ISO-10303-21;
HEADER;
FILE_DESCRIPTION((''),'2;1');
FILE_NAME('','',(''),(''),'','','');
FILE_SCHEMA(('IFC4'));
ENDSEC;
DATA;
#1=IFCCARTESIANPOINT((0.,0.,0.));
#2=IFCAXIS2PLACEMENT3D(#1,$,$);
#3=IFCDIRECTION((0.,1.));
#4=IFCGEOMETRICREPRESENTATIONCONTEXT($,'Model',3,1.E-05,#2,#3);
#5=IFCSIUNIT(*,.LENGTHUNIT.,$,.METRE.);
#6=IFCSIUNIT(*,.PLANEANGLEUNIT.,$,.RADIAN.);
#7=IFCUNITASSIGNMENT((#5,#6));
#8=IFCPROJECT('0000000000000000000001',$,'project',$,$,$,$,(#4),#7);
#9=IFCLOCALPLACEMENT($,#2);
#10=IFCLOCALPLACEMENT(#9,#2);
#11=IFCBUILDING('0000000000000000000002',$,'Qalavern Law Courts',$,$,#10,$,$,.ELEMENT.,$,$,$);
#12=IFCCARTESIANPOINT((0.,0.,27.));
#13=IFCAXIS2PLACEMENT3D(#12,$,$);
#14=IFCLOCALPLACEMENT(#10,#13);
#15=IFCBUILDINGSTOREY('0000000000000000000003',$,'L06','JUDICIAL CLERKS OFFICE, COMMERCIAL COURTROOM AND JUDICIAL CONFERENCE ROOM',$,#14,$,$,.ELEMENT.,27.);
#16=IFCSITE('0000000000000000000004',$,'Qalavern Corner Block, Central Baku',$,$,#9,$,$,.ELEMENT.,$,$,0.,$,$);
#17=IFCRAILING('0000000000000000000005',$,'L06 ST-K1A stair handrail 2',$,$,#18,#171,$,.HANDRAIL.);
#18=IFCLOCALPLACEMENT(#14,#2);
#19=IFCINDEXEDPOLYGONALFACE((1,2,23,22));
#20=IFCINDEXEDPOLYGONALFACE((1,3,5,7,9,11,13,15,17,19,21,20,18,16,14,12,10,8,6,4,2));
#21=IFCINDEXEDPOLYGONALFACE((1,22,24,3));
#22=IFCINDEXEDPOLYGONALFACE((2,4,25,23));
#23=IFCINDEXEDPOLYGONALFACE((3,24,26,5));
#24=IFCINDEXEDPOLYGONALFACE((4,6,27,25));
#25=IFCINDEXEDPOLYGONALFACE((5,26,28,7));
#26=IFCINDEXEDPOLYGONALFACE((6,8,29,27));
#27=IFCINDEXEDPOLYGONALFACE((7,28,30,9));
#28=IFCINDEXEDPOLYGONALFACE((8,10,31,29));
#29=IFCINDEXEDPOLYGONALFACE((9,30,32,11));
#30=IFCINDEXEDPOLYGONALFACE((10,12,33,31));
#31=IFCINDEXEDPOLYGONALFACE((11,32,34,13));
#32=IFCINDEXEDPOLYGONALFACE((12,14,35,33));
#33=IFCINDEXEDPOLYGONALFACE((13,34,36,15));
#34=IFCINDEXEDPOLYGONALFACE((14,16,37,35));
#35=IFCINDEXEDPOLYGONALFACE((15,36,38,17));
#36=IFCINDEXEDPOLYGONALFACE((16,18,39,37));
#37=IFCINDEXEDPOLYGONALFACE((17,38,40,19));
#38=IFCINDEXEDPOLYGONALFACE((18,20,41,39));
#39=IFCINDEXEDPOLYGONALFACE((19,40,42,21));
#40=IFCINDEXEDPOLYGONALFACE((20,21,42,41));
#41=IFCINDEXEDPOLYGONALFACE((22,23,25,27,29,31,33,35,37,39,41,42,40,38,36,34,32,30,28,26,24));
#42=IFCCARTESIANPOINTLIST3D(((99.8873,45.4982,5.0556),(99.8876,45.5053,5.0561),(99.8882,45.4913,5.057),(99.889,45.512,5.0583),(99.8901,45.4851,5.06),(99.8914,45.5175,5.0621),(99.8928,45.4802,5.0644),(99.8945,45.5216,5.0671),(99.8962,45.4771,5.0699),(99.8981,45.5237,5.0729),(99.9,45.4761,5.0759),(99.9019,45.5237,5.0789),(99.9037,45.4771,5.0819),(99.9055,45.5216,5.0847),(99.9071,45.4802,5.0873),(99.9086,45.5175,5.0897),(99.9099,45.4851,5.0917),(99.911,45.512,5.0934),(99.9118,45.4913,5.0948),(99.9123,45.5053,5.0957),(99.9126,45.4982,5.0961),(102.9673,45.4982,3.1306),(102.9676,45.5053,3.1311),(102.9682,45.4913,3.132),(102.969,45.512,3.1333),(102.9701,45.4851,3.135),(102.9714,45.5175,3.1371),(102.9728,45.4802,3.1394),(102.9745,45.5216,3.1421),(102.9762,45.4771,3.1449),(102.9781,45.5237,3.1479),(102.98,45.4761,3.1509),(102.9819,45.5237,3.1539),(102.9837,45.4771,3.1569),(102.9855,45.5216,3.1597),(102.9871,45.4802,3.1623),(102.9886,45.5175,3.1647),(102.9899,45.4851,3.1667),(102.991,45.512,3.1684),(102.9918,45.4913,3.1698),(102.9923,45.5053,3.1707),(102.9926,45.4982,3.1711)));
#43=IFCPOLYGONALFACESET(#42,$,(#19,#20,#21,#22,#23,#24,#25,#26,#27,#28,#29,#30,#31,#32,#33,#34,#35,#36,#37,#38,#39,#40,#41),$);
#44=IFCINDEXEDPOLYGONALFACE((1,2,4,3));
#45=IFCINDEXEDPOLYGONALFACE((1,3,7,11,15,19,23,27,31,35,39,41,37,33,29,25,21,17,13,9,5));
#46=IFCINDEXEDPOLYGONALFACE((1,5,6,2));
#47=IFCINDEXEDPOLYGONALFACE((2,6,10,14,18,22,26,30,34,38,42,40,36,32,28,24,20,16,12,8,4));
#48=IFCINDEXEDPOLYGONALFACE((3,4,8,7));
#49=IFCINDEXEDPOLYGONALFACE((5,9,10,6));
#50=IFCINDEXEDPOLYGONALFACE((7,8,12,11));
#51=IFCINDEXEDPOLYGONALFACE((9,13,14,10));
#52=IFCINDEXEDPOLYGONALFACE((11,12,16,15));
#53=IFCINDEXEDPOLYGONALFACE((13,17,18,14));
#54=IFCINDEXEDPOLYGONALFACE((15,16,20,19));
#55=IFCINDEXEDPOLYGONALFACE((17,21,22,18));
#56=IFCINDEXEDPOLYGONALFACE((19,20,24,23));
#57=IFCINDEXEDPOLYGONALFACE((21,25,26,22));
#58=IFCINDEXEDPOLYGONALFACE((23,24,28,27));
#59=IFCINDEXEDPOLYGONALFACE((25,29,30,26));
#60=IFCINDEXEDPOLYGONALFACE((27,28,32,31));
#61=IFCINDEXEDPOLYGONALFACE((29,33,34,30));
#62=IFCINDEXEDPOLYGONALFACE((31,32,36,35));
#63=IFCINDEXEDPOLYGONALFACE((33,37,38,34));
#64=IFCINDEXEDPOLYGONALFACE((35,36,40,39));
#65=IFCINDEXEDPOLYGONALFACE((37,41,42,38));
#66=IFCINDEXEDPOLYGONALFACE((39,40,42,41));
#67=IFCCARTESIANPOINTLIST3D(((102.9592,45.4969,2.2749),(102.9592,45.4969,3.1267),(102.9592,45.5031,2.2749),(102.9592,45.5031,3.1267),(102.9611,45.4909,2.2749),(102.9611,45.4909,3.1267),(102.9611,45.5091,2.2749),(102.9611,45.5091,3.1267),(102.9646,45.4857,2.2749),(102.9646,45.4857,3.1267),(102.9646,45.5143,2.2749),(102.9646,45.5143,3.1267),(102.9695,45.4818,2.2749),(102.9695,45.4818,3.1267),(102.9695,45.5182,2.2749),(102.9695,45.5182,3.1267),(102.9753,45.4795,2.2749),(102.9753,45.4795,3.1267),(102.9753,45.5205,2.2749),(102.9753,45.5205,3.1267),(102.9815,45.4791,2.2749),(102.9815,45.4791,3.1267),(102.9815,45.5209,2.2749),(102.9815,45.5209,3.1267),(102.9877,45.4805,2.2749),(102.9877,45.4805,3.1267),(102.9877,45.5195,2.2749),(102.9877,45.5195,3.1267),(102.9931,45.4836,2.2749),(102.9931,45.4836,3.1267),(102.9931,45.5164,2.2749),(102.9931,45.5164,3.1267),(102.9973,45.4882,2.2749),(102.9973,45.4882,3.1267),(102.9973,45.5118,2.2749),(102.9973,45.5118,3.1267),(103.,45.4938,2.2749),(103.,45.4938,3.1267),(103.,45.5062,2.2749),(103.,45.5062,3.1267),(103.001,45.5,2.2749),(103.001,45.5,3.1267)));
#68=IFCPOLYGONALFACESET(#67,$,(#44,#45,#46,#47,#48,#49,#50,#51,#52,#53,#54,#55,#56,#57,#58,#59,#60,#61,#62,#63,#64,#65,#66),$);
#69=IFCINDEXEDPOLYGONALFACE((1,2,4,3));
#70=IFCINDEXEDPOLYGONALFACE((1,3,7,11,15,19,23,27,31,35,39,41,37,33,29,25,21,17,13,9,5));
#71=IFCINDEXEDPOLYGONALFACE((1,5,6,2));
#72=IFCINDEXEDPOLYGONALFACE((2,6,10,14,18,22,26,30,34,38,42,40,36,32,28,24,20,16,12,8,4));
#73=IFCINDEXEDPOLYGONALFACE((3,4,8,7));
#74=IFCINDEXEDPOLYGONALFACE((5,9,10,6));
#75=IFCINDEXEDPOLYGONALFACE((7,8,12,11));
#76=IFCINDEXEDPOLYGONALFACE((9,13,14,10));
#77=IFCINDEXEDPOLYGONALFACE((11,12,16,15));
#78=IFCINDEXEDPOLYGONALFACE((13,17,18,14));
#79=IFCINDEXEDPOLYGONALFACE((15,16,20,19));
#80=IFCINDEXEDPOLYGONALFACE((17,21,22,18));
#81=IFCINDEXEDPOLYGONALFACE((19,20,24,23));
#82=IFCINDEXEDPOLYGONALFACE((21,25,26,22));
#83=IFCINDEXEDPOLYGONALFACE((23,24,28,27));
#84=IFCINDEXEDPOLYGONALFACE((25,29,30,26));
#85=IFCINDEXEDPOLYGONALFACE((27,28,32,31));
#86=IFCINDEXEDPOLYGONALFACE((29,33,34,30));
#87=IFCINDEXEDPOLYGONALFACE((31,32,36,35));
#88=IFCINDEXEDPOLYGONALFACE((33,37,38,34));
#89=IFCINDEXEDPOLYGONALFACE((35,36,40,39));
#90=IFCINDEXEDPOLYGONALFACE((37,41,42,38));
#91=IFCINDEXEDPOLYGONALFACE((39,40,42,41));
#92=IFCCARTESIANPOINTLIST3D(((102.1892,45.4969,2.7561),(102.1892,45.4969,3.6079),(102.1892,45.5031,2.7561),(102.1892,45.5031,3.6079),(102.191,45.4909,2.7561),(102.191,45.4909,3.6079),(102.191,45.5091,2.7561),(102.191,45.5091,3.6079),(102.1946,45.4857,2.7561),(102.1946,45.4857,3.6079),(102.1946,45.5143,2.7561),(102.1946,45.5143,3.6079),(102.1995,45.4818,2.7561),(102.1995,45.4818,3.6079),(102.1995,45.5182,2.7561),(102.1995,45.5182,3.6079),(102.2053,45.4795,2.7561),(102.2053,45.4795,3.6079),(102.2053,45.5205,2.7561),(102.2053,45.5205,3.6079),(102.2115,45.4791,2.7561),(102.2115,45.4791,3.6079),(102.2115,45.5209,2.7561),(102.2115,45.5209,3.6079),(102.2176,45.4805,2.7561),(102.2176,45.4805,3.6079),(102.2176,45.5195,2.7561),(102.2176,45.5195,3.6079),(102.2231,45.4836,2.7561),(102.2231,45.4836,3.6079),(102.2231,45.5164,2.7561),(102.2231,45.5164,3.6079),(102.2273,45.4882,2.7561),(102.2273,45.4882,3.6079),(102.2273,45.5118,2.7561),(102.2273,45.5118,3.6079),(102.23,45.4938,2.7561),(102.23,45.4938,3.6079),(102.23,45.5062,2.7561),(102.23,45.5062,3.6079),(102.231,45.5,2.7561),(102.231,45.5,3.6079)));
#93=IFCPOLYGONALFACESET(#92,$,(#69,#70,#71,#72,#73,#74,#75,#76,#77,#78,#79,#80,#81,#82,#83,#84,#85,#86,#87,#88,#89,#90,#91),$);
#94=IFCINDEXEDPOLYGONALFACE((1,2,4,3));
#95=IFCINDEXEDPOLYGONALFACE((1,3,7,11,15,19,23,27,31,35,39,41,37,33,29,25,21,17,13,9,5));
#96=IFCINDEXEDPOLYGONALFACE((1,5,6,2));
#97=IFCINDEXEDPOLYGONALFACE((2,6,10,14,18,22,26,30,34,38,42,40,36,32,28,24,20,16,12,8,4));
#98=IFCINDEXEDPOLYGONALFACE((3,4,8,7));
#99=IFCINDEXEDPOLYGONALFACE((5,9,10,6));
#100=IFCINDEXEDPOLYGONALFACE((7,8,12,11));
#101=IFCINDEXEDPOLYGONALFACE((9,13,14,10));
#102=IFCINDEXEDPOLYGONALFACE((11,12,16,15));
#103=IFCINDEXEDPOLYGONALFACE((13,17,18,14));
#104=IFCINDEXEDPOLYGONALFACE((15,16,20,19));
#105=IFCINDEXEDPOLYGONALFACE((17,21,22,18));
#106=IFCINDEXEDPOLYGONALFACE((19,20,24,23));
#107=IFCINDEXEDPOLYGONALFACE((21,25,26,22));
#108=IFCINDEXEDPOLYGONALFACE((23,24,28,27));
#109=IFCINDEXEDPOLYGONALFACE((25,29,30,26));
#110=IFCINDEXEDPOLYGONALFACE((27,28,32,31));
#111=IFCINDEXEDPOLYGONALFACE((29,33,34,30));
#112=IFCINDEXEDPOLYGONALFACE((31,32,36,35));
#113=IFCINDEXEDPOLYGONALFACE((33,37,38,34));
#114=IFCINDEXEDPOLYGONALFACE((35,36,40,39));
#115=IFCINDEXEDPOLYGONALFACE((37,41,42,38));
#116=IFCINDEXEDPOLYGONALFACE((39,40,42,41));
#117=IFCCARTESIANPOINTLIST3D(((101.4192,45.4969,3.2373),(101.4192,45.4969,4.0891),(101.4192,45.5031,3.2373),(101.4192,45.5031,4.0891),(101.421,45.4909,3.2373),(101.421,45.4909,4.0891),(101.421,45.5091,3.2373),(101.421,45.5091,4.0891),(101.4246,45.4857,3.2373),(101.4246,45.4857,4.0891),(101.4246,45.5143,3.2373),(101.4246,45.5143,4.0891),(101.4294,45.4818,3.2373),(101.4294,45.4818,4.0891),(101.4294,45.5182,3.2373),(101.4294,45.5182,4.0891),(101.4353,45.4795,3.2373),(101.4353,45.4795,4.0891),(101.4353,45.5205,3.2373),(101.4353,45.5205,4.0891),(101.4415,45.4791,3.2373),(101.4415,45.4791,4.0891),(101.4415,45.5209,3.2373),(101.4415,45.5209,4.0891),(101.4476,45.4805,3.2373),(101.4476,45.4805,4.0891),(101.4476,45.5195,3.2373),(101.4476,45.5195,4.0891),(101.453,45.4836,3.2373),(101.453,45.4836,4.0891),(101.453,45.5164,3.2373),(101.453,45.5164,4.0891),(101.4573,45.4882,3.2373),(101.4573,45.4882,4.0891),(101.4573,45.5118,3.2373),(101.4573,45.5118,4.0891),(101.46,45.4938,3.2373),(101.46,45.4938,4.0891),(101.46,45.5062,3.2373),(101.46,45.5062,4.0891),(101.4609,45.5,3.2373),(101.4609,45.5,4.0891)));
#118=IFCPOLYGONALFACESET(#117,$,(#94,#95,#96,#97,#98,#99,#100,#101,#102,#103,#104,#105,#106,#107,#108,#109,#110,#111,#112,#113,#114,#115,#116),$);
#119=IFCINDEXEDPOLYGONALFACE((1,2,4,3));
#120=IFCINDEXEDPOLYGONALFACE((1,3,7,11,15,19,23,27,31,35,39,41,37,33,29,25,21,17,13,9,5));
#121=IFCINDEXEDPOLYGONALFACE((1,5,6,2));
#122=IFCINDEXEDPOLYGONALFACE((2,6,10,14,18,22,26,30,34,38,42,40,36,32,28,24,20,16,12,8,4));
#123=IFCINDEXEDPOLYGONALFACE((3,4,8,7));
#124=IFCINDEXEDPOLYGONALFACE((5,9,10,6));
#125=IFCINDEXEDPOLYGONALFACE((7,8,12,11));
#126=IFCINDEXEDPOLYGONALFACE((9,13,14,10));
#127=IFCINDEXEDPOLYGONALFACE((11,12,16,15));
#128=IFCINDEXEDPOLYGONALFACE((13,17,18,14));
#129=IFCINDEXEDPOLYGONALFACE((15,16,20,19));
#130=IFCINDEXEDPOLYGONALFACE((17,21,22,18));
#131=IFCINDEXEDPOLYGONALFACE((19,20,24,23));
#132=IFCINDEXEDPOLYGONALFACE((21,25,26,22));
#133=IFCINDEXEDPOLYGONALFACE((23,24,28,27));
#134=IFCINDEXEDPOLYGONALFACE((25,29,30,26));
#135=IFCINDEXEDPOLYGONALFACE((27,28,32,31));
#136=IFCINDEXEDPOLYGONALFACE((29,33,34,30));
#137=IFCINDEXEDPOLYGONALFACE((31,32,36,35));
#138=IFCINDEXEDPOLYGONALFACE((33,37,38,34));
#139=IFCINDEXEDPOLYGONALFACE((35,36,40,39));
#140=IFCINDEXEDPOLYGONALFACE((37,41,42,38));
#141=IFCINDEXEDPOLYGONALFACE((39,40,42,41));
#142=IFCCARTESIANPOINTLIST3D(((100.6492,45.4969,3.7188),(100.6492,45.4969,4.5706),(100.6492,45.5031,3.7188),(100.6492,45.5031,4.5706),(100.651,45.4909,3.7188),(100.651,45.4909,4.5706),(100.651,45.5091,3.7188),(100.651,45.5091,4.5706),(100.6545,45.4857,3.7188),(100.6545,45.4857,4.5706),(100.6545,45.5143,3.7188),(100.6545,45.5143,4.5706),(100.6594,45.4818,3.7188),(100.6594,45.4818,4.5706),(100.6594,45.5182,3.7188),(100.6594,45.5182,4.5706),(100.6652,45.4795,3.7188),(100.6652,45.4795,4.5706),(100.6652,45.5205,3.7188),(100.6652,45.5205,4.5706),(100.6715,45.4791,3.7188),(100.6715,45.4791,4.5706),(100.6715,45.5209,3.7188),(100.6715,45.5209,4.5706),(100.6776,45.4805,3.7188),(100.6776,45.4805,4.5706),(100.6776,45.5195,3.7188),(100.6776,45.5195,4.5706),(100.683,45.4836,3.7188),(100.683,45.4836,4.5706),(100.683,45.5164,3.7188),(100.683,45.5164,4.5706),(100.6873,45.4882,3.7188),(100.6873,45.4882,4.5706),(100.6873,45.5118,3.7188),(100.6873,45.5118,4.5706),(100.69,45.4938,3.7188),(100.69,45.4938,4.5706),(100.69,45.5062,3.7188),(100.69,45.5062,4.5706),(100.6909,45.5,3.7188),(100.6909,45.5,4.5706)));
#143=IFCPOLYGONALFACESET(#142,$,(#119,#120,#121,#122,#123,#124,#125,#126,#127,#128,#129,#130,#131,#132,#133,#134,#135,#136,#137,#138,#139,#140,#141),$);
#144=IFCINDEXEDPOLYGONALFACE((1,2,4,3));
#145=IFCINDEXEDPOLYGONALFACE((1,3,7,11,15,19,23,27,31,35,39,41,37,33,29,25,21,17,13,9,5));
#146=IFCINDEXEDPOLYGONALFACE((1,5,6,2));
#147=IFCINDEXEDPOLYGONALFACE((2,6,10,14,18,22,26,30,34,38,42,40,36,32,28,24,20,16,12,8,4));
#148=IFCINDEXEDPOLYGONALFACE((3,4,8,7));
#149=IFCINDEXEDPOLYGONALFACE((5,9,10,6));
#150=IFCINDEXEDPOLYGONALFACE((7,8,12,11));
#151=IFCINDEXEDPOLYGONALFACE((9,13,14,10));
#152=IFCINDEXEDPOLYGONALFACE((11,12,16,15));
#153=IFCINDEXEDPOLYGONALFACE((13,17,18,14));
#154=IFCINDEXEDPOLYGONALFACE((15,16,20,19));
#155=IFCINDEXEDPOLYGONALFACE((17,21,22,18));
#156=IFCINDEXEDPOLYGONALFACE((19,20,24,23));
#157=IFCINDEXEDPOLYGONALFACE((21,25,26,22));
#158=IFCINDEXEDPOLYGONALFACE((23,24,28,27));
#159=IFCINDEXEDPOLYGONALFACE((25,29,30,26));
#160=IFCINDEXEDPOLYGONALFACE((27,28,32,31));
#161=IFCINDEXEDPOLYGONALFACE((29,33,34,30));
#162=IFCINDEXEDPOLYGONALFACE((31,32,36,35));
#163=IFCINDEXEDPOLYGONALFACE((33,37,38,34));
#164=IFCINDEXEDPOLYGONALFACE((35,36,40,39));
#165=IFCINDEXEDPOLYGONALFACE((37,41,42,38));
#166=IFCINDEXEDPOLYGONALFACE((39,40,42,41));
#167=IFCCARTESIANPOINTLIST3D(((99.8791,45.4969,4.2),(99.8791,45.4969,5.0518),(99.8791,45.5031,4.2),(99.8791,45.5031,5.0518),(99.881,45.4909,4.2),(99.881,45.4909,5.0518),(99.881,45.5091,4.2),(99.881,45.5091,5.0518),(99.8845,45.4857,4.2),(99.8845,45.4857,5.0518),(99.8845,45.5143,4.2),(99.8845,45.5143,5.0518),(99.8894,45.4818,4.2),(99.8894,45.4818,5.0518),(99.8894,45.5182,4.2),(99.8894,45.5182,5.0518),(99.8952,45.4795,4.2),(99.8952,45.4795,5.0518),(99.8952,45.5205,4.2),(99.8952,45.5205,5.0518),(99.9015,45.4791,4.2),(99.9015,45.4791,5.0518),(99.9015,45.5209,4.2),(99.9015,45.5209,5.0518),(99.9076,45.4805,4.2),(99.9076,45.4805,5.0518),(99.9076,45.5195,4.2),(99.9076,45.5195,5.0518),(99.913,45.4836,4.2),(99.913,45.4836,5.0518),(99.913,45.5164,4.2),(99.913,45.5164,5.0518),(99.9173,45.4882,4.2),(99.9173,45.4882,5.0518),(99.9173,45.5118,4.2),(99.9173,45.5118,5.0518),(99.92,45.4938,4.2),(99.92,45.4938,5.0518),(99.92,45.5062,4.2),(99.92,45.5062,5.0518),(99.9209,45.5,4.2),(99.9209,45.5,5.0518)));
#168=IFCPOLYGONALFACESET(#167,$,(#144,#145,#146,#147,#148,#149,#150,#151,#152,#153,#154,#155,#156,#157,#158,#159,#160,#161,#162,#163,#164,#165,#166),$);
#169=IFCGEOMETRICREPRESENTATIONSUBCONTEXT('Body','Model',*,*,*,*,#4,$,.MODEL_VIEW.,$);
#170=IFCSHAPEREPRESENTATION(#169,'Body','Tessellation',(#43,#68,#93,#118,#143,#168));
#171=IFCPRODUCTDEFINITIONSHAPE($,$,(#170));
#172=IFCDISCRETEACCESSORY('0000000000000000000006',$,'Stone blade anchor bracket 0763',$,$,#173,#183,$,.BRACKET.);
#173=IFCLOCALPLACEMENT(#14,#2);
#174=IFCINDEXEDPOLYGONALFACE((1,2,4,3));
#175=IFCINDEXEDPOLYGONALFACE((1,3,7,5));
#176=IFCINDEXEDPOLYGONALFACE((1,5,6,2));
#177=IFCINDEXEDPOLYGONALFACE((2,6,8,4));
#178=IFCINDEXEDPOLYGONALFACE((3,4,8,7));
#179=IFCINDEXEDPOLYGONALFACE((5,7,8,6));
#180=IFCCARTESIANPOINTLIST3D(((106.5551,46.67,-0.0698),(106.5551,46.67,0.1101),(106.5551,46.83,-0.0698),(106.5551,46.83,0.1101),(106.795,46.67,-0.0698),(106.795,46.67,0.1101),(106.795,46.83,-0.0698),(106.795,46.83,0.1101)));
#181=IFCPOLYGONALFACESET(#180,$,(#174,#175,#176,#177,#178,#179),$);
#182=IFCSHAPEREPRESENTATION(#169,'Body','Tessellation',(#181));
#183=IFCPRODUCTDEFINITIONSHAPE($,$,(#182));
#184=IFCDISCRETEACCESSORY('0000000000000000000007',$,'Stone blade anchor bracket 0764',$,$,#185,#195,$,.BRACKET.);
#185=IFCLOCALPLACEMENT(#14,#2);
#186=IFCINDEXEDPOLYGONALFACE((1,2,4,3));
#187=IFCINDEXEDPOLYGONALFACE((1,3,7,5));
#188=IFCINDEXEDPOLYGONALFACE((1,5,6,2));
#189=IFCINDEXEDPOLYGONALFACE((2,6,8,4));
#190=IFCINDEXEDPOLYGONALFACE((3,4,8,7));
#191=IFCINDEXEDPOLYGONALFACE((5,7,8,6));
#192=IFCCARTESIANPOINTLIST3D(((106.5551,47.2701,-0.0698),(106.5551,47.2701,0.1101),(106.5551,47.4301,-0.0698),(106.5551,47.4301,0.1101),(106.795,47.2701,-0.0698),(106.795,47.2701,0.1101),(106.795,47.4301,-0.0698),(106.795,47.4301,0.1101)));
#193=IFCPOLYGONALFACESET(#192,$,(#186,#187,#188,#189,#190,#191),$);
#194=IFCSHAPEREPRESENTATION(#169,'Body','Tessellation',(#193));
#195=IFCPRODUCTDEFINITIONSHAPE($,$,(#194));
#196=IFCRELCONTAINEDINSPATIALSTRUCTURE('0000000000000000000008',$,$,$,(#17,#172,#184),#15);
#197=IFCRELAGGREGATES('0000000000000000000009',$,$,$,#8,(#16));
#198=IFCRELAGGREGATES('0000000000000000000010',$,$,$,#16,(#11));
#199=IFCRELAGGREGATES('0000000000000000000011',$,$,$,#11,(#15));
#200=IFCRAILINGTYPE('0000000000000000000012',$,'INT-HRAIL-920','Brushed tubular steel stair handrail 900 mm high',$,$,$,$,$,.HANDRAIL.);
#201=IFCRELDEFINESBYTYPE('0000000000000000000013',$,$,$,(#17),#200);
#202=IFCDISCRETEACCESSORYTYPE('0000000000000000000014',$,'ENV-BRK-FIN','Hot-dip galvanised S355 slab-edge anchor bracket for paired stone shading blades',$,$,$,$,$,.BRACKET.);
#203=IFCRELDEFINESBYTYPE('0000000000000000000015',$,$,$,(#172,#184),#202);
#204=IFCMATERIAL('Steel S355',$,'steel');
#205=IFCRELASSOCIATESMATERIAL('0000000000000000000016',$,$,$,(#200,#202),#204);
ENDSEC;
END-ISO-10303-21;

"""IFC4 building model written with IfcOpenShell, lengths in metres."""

from ifc_helpers import new_model, si_unit, direction, frame, origin, origin_2d, place, context, subcontext, project, spatial, rectangle, circle, extrude, material, type_object, element, save


model = new_model("IFC4")

# Units and contexts
model_context = context("Model", 3, precision=1e-05, world=origin(), true_north=direction((0.0, 1.0)))
body_context = subcontext(model_context, "Body", "Model", "MODEL_VIEW")
ifc_project = project(units=[si_unit("LENGTHUNIT", "METRE"), si_unit("PLANEANGLEUNIT", "RADIAN")], contexts=[model_context])

# Site, building, storey
site_placement = place(None, origin())
site = spatial("IfcSite", under=ifc_project, at=site_placement, Name="Qalavern Corner Block, Central Baku", CompositionType="ELEMENT", RefElevation=0.0)
building_placement = place(site_placement, origin())
building = spatial("IfcBuilding", under=site, at=building_placement, Name="Qalavern Law Courts", CompositionType="ELEMENT")
storey_placement = place(building_placement, frame((0.0, 0.0, 27.0)))
storey = spatial("IfcBuildingStorey", under=building, at=storey_placement, Name="L06", Description="JUDICIAL CLERKS OFFICE, COMMERCIAL COURTROOM AND JUDICIAL CONFERENCE ROOM", CompositionType="ELEMENT", Elevation=27.0)

# Shared definitions
ifc_material_1 = material(Name="Steel S355", Category="steel")

# Railing
railing_type_1 = type_object("IfcRailingType", Name="INT-HRAIL-920", Description="Brushed tubular steel stair handrail 900 mm high", PredefinedType="HANDRAIL", material=ifc_material_1)
railing_1_placement = place(storey_placement, frame((102.98, 45.5, 2.2749)))
element("IfcRailing", 1, at=railing_1_placement, inside=storey, type_object=railing_type_1, Name="L06 ST-K1A stair handrail 2", PredefinedType="HANDRAIL", context=body_context, shape_type="SweptSolid", body=[
    extrude(circle(Radius=0.0239, at=origin_2d()), frame((0.0, 0.0, 0.876), z_axis=(-0.847998, 0.0, 0.529999), x_axis=(0.0, -1.0, 0.0)), (0.0, 0.0, 1.0), 3.6321),
    extrude(circle(Radius=0.021, at=origin_2d()), origin(), (0.0, 0.0, 1.0), 0.8518),
    extrude(circle(Radius=0.021, at=origin_2d()), frame((-0.77, 0.0, 0.4812)), (0.0, 0.0, 1.0), 0.8518),
    extrude(circle(Radius=0.021, at=origin_2d()), frame((-1.54, 0.0, 0.9624)), (0.0, 0.0, 1.0), 0.8518),
    extrude(circle(Radius=0.021, at=origin_2d()), frame((-2.3101, 0.0, 1.4438)), (0.0, 0.0, 1.0), 0.8518),
    extrude(circle(Radius=0.021, at=origin_2d()), frame((-3.0801, 0.0, 1.925)), (0.0, 0.0, 1.0), 0.8518),
])

# Discrete accessories
discrete_accessory_type = type_object("IfcDiscreteAccessoryType", Name="ENV-BRK-FIN", Description="Hot-dip galvanised S355 slab-edge anchor bracket for paired stone shading blades", PredefinedType="BRACKET", material=ifc_material_1)
for number, where, z_axis, x_axis, name in (
    (2, (106.675, 46.75, -0.0698), (0.0, 0.0, 1.0), (1.0, 0.0, 0.0), "Stone blade anchor bracket 0763"),
    (3, (106.675, 47.3501, -0.0698), (0.0, 0.0, 1.0), (1.0, 0.0, 0.0), "Stone blade anchor bracket 0764"),
):
    element("IfcDiscreteAccessory", number, at=place(storey_placement, frame(where, z_axis=z_axis, x_axis=x_axis)), inside=storey, type_object=discrete_accessory_type, Name=name, PredefinedType="BRACKET", context=body_context, shape_type="SweptSolid", body=[
        extrude(rectangle(XDim=0.24, YDim=0.1599, at=origin_2d()), origin(), (0.0, 0.0, 1.0), 0.1799),
    ])

save(model, "model.ifc")
